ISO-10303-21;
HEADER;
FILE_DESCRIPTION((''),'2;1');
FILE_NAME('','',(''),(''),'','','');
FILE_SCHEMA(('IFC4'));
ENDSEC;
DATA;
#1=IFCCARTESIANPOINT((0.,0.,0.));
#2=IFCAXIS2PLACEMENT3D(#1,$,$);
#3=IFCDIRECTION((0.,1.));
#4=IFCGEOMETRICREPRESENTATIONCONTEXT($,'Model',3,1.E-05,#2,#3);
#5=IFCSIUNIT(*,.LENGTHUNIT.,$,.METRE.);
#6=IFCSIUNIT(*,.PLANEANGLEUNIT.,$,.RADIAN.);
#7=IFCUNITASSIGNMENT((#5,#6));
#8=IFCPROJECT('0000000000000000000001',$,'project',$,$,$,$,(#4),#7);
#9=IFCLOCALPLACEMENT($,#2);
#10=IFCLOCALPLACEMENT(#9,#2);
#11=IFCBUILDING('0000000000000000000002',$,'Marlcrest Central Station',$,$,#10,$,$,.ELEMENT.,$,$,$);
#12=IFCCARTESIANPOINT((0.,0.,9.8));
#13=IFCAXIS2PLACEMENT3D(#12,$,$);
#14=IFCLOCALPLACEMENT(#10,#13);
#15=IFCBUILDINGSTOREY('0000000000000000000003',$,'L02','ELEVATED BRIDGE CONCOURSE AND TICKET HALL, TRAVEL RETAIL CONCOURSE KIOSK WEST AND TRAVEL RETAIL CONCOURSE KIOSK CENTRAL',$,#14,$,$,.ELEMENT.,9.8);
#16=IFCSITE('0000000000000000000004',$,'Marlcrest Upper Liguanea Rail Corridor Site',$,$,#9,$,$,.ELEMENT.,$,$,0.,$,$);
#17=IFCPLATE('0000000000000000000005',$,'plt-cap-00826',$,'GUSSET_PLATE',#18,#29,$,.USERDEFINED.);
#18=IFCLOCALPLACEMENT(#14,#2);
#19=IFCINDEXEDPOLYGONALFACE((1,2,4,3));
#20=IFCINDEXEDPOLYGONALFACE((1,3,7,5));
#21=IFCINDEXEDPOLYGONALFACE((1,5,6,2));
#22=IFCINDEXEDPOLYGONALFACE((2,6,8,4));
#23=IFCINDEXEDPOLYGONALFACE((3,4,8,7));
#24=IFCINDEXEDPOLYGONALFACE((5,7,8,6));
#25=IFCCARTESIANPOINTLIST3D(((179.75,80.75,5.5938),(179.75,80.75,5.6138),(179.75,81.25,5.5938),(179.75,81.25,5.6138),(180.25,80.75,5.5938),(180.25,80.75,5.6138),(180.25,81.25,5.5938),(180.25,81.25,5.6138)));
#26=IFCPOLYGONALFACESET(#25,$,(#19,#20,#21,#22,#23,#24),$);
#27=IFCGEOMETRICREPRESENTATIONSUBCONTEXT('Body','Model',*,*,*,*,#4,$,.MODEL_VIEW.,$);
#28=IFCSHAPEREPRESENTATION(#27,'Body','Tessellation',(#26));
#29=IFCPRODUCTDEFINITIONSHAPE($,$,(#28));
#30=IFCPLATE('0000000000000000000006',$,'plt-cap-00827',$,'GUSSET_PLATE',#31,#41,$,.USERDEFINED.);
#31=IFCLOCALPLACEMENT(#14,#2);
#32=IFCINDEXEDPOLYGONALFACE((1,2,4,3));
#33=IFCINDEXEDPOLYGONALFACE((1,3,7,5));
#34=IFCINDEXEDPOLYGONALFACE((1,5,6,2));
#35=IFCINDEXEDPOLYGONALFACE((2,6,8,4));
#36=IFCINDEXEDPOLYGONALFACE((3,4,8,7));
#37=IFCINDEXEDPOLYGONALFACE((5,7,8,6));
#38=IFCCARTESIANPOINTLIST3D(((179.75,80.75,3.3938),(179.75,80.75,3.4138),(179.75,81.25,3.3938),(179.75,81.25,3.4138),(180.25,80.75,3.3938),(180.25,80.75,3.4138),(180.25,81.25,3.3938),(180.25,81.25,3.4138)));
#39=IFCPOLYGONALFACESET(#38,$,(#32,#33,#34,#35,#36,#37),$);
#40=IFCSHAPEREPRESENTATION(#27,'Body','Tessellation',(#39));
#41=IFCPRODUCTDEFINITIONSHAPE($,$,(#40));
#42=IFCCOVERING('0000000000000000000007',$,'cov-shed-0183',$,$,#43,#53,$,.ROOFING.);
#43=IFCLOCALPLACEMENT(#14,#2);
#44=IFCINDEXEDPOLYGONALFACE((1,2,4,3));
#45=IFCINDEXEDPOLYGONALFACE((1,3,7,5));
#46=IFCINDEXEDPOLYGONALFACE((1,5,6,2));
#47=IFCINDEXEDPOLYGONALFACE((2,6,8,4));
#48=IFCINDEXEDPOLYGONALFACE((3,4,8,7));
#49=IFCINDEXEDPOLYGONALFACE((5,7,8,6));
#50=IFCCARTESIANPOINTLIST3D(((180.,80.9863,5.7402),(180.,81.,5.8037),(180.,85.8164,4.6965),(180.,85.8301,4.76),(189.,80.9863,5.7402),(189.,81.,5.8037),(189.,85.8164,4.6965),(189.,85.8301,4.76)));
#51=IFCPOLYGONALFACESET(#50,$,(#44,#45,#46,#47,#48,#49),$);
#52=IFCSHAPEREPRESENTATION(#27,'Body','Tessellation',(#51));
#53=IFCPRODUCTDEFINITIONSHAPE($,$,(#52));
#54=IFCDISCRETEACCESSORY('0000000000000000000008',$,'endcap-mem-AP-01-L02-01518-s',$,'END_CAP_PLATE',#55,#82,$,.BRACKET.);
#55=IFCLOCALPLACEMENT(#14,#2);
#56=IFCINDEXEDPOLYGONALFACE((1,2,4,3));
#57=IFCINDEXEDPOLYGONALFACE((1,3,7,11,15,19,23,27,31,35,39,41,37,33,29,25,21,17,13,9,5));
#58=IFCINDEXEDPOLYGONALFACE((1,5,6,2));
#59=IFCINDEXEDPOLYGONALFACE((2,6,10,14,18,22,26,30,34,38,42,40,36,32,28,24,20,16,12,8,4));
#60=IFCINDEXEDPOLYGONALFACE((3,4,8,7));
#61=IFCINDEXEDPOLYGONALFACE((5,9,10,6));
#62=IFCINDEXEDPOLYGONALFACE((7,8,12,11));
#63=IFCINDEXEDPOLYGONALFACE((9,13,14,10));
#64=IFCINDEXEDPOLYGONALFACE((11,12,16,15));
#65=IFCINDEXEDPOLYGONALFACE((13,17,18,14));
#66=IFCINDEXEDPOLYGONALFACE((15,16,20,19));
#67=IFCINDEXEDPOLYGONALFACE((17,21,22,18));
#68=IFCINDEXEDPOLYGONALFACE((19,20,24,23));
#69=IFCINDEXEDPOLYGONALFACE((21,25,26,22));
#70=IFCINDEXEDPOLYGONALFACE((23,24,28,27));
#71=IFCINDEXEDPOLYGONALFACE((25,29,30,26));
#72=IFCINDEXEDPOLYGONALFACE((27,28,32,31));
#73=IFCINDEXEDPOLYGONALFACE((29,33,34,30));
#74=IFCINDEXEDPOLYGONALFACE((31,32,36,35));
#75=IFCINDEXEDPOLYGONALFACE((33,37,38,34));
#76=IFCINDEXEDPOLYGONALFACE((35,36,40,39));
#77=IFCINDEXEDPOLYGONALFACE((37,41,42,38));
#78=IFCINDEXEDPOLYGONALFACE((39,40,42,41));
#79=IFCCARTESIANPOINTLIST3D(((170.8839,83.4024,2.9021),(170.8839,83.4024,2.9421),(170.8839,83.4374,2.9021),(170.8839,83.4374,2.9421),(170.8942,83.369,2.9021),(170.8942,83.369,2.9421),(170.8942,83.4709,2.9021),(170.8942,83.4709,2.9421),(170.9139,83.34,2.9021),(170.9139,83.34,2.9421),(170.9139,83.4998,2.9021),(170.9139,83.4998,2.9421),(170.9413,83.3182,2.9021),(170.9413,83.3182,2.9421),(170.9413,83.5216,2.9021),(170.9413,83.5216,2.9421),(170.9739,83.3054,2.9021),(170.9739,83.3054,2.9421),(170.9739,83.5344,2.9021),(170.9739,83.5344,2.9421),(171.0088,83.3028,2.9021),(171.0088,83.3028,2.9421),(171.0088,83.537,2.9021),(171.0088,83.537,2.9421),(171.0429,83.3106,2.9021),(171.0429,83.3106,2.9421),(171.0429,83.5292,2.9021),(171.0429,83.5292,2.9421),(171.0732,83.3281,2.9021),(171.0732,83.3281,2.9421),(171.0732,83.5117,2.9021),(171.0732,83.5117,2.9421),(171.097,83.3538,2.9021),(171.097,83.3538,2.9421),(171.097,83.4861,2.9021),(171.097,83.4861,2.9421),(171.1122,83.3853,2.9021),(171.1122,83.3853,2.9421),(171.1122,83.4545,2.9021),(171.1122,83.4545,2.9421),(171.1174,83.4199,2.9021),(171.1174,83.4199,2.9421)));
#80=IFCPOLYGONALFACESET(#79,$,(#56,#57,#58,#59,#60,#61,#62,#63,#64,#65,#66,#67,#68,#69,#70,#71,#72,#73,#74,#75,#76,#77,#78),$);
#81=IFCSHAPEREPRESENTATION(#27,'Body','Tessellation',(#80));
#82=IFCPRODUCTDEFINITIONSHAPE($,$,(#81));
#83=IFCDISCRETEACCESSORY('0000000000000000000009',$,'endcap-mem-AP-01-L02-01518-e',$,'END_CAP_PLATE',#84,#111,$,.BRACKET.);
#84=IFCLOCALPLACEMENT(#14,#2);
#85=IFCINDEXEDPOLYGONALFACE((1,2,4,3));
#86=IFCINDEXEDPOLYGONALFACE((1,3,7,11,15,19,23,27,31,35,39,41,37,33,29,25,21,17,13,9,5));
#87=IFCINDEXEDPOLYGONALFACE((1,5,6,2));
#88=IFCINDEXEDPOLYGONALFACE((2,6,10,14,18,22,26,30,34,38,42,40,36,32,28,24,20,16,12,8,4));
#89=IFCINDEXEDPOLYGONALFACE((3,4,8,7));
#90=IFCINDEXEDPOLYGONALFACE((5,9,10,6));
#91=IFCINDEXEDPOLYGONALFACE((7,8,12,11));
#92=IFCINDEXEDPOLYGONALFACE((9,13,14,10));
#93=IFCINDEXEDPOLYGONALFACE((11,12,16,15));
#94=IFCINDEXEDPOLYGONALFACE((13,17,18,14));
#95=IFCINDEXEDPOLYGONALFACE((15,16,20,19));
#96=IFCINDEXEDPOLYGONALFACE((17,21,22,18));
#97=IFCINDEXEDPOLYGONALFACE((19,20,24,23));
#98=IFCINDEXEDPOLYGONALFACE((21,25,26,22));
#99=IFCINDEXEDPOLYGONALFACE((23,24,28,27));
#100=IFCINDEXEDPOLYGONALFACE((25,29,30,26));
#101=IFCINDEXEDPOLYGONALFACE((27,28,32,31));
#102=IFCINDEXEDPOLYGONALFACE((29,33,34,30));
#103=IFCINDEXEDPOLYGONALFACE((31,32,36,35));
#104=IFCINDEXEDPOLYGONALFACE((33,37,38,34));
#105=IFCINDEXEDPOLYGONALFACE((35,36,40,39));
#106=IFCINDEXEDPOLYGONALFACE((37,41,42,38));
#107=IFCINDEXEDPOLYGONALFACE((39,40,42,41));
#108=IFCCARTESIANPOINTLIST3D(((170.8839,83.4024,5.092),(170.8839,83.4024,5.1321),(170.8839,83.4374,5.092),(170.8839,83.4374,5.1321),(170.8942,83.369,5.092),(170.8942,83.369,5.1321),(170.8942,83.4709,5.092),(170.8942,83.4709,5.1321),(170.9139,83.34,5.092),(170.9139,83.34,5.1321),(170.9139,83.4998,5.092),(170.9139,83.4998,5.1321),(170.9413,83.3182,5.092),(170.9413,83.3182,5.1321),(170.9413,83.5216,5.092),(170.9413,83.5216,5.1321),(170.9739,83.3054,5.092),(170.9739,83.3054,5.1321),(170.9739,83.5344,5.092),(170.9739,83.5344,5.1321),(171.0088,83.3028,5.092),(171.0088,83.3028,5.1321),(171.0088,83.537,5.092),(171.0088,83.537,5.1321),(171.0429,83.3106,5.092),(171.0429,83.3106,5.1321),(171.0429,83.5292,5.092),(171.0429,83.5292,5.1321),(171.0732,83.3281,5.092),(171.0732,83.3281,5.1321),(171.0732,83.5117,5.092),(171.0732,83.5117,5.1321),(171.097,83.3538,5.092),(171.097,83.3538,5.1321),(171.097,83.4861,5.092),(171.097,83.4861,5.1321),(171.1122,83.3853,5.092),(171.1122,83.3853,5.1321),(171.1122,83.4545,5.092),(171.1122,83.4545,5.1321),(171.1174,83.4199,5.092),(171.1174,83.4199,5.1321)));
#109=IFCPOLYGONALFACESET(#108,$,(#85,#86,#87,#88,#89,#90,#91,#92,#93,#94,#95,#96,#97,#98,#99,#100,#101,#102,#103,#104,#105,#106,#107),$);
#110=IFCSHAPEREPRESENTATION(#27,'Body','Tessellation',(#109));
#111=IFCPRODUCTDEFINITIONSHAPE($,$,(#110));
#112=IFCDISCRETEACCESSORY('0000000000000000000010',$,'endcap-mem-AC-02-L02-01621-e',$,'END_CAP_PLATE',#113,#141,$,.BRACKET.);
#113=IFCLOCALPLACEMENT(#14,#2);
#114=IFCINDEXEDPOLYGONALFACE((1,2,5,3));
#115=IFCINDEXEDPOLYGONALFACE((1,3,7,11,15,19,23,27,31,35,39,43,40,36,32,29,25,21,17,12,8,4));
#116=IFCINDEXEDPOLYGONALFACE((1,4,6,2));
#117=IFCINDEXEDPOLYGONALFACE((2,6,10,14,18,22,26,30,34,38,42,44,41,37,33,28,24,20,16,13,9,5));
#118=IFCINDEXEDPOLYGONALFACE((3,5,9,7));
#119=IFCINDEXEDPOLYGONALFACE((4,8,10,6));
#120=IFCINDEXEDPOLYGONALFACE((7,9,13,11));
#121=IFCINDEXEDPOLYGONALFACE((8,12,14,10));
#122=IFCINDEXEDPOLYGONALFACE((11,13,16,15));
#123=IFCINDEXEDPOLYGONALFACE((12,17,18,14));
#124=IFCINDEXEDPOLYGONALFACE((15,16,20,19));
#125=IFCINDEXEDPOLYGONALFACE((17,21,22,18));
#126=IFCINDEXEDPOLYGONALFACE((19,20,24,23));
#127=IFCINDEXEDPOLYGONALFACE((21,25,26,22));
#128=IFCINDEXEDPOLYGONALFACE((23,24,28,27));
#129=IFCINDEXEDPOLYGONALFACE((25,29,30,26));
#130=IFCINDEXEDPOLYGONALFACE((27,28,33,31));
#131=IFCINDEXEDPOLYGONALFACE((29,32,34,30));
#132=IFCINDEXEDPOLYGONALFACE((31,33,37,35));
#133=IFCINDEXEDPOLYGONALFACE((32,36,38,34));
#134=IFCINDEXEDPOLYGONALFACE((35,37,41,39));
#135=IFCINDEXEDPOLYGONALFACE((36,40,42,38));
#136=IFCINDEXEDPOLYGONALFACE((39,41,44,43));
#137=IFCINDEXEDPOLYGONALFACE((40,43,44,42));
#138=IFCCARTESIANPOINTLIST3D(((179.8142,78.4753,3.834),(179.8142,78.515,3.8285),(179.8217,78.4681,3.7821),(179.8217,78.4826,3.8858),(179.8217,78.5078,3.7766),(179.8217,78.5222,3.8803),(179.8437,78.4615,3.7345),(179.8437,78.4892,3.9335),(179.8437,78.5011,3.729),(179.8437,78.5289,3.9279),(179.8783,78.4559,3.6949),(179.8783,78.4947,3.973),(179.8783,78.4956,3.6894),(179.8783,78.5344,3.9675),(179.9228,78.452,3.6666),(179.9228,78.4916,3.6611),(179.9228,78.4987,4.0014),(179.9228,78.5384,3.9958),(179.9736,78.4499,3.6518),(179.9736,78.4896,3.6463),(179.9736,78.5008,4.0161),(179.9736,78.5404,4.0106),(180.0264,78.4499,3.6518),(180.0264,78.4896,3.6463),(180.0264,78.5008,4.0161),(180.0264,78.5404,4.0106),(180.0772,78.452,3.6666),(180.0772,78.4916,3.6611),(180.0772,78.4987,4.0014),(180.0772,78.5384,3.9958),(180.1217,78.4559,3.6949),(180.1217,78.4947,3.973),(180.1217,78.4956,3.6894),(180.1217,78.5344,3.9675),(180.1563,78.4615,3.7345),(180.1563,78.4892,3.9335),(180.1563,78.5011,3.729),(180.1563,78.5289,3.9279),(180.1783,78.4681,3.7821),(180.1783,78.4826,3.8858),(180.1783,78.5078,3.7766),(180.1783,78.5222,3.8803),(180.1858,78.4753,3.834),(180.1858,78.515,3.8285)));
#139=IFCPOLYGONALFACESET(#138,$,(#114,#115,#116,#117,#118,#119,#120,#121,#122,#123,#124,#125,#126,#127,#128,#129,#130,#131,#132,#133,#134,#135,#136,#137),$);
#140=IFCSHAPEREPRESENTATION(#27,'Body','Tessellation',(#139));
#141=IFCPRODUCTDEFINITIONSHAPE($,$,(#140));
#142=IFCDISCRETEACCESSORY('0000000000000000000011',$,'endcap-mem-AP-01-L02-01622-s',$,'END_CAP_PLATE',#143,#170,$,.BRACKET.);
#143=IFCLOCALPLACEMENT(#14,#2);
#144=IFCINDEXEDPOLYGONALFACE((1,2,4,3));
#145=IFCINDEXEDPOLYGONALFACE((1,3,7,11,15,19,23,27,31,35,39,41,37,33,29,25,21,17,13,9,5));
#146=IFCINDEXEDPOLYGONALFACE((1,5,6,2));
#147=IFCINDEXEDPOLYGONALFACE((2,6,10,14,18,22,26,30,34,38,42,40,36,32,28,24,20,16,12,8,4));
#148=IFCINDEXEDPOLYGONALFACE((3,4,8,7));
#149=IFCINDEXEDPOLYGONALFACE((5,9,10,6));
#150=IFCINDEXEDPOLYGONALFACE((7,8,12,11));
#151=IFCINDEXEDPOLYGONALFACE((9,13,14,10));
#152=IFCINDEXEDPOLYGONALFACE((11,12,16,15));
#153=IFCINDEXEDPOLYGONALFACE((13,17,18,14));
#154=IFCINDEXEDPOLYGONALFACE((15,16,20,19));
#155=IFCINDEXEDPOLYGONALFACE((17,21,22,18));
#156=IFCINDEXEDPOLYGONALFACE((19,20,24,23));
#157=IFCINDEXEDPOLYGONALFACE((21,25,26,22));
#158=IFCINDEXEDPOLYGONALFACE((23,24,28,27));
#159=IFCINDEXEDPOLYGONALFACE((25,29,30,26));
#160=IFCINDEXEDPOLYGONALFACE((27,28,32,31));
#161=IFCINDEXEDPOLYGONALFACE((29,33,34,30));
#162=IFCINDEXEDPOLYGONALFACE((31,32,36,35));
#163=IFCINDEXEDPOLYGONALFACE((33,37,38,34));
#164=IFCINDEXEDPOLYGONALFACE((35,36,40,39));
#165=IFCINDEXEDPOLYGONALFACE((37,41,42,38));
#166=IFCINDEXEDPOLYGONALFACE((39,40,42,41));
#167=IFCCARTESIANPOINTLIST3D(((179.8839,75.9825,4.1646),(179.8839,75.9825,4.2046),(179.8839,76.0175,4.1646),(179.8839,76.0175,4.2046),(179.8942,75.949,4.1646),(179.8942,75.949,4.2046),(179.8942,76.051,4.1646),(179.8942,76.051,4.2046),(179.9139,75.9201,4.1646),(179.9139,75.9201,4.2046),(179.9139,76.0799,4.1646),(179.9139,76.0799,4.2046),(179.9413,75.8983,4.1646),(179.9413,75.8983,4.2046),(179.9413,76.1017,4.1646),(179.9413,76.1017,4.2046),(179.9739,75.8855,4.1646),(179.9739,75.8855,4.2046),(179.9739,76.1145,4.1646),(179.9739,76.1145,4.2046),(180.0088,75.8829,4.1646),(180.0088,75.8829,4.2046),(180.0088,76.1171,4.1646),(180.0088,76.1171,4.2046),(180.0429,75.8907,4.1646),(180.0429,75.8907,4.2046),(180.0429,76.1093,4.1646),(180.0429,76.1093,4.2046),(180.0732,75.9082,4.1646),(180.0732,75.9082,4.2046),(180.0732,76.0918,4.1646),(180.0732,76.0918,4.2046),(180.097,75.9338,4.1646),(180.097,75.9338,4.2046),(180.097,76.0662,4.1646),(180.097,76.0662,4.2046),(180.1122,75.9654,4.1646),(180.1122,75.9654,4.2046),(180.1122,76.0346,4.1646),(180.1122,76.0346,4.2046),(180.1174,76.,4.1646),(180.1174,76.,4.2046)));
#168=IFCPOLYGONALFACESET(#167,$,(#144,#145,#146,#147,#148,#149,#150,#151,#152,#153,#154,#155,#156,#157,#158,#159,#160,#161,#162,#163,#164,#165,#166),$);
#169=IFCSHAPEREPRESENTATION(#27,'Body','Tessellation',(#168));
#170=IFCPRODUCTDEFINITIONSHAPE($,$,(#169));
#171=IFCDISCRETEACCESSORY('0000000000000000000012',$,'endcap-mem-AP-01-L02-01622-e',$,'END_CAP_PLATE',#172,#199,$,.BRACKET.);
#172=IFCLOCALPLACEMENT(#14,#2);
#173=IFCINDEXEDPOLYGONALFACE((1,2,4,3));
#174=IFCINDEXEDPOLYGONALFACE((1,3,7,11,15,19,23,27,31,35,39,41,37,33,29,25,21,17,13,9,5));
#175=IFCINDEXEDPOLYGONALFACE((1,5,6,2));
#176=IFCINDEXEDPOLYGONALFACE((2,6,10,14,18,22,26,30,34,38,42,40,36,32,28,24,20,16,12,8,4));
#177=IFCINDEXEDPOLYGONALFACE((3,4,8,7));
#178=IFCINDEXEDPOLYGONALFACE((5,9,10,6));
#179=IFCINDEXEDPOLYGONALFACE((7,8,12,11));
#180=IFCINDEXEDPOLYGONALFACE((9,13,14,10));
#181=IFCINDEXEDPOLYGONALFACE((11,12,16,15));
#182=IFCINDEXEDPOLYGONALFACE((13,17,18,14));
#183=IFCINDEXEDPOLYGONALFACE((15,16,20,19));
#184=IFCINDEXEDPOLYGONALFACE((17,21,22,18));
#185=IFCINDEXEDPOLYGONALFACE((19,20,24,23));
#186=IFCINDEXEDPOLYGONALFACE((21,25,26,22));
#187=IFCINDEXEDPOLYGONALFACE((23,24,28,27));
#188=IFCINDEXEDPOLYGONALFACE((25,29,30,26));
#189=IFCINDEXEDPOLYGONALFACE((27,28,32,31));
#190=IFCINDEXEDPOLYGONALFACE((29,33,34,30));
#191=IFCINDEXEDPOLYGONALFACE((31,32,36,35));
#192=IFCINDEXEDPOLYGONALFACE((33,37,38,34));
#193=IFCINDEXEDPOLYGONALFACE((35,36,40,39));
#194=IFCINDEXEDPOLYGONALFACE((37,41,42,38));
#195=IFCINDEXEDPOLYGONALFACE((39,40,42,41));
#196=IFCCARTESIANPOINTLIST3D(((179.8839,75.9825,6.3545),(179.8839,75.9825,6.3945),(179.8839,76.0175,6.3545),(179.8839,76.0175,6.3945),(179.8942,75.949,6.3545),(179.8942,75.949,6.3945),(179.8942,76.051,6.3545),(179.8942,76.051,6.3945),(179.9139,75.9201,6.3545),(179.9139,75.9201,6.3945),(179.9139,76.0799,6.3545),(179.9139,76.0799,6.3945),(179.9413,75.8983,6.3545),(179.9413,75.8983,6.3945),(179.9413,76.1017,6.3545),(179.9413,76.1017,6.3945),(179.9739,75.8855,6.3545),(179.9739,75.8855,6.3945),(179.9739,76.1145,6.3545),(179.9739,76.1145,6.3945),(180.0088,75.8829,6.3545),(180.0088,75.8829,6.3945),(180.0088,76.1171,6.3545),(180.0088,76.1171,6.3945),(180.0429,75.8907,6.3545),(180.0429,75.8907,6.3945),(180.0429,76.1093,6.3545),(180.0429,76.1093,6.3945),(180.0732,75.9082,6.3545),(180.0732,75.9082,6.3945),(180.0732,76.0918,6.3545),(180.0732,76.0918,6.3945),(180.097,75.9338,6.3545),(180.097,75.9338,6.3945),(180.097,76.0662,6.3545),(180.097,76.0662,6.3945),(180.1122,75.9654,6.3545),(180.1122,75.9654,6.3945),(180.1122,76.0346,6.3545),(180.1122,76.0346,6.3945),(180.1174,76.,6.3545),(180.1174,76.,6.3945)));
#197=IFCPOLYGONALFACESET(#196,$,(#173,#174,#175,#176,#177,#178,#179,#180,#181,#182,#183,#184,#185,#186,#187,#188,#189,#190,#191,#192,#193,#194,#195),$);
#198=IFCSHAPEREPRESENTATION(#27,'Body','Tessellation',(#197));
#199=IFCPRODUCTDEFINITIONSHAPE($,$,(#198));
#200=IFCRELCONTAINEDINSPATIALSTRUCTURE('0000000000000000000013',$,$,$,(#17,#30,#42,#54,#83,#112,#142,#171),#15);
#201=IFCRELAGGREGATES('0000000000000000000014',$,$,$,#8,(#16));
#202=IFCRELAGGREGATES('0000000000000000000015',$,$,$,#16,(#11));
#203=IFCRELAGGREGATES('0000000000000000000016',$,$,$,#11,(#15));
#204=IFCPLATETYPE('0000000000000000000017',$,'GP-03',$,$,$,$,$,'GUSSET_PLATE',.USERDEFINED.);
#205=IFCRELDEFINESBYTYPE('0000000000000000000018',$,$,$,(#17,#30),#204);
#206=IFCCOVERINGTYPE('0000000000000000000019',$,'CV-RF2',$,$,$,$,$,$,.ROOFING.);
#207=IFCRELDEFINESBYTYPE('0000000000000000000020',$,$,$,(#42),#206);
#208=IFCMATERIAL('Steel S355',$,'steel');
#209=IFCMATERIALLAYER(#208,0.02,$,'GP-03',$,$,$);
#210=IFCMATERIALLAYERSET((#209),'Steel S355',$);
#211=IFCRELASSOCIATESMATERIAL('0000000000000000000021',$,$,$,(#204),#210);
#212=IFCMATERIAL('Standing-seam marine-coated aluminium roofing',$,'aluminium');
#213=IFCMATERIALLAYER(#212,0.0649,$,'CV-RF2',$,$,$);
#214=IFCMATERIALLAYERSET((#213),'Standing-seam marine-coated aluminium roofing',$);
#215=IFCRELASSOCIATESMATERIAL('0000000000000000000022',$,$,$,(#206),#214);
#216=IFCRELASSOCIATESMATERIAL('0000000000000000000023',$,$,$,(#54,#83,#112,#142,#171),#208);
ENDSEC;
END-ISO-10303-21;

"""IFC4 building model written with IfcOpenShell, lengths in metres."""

from ifc_helpers import new_model, si_unit, direction, frame, origin, origin_2d, place, context, subcontext, project, spatial, polyline, rectangle, circle, outline, extrude, material, layer, layer_set, type_object, element, save


model = new_model("IFC4")

# Units and contexts
model_context = context("Model", 3, precision=1e-05, world=origin(), true_north=direction((0.0, 1.0)))
body_context = subcontext(model_context, "Body", "Model", "MODEL_VIEW")
ifc_project = project(units=[si_unit("LENGTHUNIT", "METRE"), si_unit("PLANEANGLEUNIT", "RADIAN")], contexts=[model_context])

# Site, building, storey
site_placement = place(None, origin())
site = spatial("IfcSite", under=ifc_project, at=site_placement, Name="Marlcrest Upper Liguanea Rail Corridor Site", CompositionType="ELEMENT", RefElevation=0.0)
building_placement = place(site_placement, origin())
building = spatial("IfcBuilding", under=site, at=building_placement, Name="Marlcrest Central Station", CompositionType="ELEMENT")
storey_placement = place(building_placement, frame((0.0, 0.0, 9.8)))
storey = spatial("IfcBuildingStorey", under=building, at=storey_placement, Name="L02", Description="ELEVATED BRIDGE CONCOURSE AND TICKET HALL, TRAVEL RETAIL CONCOURSE KIOSK WEST AND TRAVEL RETAIL CONCOURSE KIOSK CENTRAL", CompositionType="ELEMENT", Elevation=9.8)

# Shared definitions
ifc_material_1 = material(Name="Steel S355", Category="steel")

# Plates
ifc_layer_1 = layer(ifc_material_1, 0.02, Name="GP-03")
ifc_layer_set_1 = layer_set([ifc_layer_1], Name="Steel S355")
plate_type = type_object("IfcPlateType", Name="GP-03", ElementType="GUSSET_PLATE", PredefinedType="USERDEFINED", material=ifc_layer_set_1)
for number, where, z_axis, x_axis, name in (
    (1, (180.0, 81.0, 5.5938), (0.0, 0.0, 1.0), (1.0, 0.0, 0.0), "plt-cap-00826"),
    (2, (180.0, 81.0, 3.3938), (0.0, 0.0, 1.0), (1.0, 0.0, 0.0), "plt-cap-00827"),
):
    element("IfcPlate", number, at=place(storey_placement, frame(where, z_axis=z_axis, x_axis=x_axis)), inside=storey, type_object=plate_type, Name=name, ObjectType="GUSSET_PLATE", PredefinedType="USERDEFINED", context=body_context, shape_type="SweptSolid", body=[
        extrude(rectangle(XDim=0.5, YDim=0.5, at=origin_2d()), origin(), (0.0, 0.0, 1.0), 0.02),
    ])

# Covering
ifc_material_2 = material(Name="Standing-seam marine-coated aluminium roofing", Category="aluminium")
ifc_layer_2 = layer(ifc_material_2, 0.0649, Name="CV-RF2")
ifc_layer_set_2 = layer_set([ifc_layer_2], Name="Standing-seam marine-coated aluminium roofing")
covering_type = type_object("IfcCoveringType", Name="CV-RF2", PredefinedType="ROOFING", material=ifc_layer_set_2)
covering_placement = place(storey_placement, frame((180.0, 81.0, 5.8037), z_axis=(0.0, 0.211209, 0.977441), x_axis=(1.0, 0.0, 0.0)))
element("IfcCovering", 3, at=covering_placement, inside=storey, type_object=covering_type, Name="cov-shed-0183", PredefinedType="ROOFING", context=body_context, shape_type="SweptSolid", body=[
    extrude(outline(polyline([(0.0, 0.0), (9.0, 0.0), (9.0, 4.9416), (0.0, 4.9416), (0.0, 0.0)])), origin(), (0.0, 0.0, -1.0), 0.0649),
])

# Discrete accessories
for number, where, z_axis, x_axis, name in (
    (4, (171.0, 83.4199, 2.9021), (0.0, 0.0, 1.0), (1.0, 0.0, 0.0), "endcap-mem-AP-01-L02-01518-s"),
    (5, (171.0, 83.4199, 5.092), (0.0, 0.0, 1.0), (1.0, 0.0, 0.0), "endcap-mem-AP-01-L02-01518-e"),
):
    element("IfcDiscreteAccessory", number, at=place(storey_placement, frame(where, z_axis=z_axis, x_axis=x_axis)), inside=storey, material=ifc_material_1, Name=name, ObjectType="END_CAP_PLATE", PredefinedType="BRACKET", context=body_context, shape_type="SweptSolid", body=[
        extrude(circle(Radius=0.1174, at=origin_2d()), origin(), (0.0, 0.0, 1.0), 0.04),
    ])
discrete_accessory_1_placement = place(storey_placement, frame((180.0, 78.4753, 3.834), z_axis=(0.0, 0.990403, -0.138211), x_axis=(-1.0, 0.0, 0.0)))
element("IfcDiscreteAccessory", 6, at=discrete_accessory_1_placement, inside=storey, material=ifc_material_1, Name="endcap-mem-AC-02-L02-01621-e", ObjectType="END_CAP_PLATE", PredefinedType="BRACKET", context=body_context, shape_type="SweptSolid", body=[
    extrude(circle(Radius=0.1858, at=origin_2d()), origin(), (0.0, 0.0, 1.0), 0.04),
])
for number, where, z_axis, x_axis, name in (
    (7, (180.0, 76.0, 4.1646), (0.0, 0.0, 1.0), (1.0, 0.0, 0.0), "endcap-mem-AP-01-L02-01622-s"),
    (8, (180.0, 76.0, 6.3545), (0.0, 0.0, 1.0), (1.0, 0.0, 0.0), "endcap-mem-AP-01-L02-01622-e"),
):
    element("IfcDiscreteAccessory", number, at=place(storey_placement, frame(where, z_axis=z_axis, x_axis=x_axis)), inside=storey, material=ifc_material_1, Name=name, ObjectType="END_CAP_PLATE", PredefinedType="BRACKET", context=body_context, shape_type="SweptSolid", body=[
        extrude(circle(Radius=0.1174, at=origin_2d()), origin(), (0.0, 0.0, 1.0), 0.04),
    ])

save(model, "model.ifc")
